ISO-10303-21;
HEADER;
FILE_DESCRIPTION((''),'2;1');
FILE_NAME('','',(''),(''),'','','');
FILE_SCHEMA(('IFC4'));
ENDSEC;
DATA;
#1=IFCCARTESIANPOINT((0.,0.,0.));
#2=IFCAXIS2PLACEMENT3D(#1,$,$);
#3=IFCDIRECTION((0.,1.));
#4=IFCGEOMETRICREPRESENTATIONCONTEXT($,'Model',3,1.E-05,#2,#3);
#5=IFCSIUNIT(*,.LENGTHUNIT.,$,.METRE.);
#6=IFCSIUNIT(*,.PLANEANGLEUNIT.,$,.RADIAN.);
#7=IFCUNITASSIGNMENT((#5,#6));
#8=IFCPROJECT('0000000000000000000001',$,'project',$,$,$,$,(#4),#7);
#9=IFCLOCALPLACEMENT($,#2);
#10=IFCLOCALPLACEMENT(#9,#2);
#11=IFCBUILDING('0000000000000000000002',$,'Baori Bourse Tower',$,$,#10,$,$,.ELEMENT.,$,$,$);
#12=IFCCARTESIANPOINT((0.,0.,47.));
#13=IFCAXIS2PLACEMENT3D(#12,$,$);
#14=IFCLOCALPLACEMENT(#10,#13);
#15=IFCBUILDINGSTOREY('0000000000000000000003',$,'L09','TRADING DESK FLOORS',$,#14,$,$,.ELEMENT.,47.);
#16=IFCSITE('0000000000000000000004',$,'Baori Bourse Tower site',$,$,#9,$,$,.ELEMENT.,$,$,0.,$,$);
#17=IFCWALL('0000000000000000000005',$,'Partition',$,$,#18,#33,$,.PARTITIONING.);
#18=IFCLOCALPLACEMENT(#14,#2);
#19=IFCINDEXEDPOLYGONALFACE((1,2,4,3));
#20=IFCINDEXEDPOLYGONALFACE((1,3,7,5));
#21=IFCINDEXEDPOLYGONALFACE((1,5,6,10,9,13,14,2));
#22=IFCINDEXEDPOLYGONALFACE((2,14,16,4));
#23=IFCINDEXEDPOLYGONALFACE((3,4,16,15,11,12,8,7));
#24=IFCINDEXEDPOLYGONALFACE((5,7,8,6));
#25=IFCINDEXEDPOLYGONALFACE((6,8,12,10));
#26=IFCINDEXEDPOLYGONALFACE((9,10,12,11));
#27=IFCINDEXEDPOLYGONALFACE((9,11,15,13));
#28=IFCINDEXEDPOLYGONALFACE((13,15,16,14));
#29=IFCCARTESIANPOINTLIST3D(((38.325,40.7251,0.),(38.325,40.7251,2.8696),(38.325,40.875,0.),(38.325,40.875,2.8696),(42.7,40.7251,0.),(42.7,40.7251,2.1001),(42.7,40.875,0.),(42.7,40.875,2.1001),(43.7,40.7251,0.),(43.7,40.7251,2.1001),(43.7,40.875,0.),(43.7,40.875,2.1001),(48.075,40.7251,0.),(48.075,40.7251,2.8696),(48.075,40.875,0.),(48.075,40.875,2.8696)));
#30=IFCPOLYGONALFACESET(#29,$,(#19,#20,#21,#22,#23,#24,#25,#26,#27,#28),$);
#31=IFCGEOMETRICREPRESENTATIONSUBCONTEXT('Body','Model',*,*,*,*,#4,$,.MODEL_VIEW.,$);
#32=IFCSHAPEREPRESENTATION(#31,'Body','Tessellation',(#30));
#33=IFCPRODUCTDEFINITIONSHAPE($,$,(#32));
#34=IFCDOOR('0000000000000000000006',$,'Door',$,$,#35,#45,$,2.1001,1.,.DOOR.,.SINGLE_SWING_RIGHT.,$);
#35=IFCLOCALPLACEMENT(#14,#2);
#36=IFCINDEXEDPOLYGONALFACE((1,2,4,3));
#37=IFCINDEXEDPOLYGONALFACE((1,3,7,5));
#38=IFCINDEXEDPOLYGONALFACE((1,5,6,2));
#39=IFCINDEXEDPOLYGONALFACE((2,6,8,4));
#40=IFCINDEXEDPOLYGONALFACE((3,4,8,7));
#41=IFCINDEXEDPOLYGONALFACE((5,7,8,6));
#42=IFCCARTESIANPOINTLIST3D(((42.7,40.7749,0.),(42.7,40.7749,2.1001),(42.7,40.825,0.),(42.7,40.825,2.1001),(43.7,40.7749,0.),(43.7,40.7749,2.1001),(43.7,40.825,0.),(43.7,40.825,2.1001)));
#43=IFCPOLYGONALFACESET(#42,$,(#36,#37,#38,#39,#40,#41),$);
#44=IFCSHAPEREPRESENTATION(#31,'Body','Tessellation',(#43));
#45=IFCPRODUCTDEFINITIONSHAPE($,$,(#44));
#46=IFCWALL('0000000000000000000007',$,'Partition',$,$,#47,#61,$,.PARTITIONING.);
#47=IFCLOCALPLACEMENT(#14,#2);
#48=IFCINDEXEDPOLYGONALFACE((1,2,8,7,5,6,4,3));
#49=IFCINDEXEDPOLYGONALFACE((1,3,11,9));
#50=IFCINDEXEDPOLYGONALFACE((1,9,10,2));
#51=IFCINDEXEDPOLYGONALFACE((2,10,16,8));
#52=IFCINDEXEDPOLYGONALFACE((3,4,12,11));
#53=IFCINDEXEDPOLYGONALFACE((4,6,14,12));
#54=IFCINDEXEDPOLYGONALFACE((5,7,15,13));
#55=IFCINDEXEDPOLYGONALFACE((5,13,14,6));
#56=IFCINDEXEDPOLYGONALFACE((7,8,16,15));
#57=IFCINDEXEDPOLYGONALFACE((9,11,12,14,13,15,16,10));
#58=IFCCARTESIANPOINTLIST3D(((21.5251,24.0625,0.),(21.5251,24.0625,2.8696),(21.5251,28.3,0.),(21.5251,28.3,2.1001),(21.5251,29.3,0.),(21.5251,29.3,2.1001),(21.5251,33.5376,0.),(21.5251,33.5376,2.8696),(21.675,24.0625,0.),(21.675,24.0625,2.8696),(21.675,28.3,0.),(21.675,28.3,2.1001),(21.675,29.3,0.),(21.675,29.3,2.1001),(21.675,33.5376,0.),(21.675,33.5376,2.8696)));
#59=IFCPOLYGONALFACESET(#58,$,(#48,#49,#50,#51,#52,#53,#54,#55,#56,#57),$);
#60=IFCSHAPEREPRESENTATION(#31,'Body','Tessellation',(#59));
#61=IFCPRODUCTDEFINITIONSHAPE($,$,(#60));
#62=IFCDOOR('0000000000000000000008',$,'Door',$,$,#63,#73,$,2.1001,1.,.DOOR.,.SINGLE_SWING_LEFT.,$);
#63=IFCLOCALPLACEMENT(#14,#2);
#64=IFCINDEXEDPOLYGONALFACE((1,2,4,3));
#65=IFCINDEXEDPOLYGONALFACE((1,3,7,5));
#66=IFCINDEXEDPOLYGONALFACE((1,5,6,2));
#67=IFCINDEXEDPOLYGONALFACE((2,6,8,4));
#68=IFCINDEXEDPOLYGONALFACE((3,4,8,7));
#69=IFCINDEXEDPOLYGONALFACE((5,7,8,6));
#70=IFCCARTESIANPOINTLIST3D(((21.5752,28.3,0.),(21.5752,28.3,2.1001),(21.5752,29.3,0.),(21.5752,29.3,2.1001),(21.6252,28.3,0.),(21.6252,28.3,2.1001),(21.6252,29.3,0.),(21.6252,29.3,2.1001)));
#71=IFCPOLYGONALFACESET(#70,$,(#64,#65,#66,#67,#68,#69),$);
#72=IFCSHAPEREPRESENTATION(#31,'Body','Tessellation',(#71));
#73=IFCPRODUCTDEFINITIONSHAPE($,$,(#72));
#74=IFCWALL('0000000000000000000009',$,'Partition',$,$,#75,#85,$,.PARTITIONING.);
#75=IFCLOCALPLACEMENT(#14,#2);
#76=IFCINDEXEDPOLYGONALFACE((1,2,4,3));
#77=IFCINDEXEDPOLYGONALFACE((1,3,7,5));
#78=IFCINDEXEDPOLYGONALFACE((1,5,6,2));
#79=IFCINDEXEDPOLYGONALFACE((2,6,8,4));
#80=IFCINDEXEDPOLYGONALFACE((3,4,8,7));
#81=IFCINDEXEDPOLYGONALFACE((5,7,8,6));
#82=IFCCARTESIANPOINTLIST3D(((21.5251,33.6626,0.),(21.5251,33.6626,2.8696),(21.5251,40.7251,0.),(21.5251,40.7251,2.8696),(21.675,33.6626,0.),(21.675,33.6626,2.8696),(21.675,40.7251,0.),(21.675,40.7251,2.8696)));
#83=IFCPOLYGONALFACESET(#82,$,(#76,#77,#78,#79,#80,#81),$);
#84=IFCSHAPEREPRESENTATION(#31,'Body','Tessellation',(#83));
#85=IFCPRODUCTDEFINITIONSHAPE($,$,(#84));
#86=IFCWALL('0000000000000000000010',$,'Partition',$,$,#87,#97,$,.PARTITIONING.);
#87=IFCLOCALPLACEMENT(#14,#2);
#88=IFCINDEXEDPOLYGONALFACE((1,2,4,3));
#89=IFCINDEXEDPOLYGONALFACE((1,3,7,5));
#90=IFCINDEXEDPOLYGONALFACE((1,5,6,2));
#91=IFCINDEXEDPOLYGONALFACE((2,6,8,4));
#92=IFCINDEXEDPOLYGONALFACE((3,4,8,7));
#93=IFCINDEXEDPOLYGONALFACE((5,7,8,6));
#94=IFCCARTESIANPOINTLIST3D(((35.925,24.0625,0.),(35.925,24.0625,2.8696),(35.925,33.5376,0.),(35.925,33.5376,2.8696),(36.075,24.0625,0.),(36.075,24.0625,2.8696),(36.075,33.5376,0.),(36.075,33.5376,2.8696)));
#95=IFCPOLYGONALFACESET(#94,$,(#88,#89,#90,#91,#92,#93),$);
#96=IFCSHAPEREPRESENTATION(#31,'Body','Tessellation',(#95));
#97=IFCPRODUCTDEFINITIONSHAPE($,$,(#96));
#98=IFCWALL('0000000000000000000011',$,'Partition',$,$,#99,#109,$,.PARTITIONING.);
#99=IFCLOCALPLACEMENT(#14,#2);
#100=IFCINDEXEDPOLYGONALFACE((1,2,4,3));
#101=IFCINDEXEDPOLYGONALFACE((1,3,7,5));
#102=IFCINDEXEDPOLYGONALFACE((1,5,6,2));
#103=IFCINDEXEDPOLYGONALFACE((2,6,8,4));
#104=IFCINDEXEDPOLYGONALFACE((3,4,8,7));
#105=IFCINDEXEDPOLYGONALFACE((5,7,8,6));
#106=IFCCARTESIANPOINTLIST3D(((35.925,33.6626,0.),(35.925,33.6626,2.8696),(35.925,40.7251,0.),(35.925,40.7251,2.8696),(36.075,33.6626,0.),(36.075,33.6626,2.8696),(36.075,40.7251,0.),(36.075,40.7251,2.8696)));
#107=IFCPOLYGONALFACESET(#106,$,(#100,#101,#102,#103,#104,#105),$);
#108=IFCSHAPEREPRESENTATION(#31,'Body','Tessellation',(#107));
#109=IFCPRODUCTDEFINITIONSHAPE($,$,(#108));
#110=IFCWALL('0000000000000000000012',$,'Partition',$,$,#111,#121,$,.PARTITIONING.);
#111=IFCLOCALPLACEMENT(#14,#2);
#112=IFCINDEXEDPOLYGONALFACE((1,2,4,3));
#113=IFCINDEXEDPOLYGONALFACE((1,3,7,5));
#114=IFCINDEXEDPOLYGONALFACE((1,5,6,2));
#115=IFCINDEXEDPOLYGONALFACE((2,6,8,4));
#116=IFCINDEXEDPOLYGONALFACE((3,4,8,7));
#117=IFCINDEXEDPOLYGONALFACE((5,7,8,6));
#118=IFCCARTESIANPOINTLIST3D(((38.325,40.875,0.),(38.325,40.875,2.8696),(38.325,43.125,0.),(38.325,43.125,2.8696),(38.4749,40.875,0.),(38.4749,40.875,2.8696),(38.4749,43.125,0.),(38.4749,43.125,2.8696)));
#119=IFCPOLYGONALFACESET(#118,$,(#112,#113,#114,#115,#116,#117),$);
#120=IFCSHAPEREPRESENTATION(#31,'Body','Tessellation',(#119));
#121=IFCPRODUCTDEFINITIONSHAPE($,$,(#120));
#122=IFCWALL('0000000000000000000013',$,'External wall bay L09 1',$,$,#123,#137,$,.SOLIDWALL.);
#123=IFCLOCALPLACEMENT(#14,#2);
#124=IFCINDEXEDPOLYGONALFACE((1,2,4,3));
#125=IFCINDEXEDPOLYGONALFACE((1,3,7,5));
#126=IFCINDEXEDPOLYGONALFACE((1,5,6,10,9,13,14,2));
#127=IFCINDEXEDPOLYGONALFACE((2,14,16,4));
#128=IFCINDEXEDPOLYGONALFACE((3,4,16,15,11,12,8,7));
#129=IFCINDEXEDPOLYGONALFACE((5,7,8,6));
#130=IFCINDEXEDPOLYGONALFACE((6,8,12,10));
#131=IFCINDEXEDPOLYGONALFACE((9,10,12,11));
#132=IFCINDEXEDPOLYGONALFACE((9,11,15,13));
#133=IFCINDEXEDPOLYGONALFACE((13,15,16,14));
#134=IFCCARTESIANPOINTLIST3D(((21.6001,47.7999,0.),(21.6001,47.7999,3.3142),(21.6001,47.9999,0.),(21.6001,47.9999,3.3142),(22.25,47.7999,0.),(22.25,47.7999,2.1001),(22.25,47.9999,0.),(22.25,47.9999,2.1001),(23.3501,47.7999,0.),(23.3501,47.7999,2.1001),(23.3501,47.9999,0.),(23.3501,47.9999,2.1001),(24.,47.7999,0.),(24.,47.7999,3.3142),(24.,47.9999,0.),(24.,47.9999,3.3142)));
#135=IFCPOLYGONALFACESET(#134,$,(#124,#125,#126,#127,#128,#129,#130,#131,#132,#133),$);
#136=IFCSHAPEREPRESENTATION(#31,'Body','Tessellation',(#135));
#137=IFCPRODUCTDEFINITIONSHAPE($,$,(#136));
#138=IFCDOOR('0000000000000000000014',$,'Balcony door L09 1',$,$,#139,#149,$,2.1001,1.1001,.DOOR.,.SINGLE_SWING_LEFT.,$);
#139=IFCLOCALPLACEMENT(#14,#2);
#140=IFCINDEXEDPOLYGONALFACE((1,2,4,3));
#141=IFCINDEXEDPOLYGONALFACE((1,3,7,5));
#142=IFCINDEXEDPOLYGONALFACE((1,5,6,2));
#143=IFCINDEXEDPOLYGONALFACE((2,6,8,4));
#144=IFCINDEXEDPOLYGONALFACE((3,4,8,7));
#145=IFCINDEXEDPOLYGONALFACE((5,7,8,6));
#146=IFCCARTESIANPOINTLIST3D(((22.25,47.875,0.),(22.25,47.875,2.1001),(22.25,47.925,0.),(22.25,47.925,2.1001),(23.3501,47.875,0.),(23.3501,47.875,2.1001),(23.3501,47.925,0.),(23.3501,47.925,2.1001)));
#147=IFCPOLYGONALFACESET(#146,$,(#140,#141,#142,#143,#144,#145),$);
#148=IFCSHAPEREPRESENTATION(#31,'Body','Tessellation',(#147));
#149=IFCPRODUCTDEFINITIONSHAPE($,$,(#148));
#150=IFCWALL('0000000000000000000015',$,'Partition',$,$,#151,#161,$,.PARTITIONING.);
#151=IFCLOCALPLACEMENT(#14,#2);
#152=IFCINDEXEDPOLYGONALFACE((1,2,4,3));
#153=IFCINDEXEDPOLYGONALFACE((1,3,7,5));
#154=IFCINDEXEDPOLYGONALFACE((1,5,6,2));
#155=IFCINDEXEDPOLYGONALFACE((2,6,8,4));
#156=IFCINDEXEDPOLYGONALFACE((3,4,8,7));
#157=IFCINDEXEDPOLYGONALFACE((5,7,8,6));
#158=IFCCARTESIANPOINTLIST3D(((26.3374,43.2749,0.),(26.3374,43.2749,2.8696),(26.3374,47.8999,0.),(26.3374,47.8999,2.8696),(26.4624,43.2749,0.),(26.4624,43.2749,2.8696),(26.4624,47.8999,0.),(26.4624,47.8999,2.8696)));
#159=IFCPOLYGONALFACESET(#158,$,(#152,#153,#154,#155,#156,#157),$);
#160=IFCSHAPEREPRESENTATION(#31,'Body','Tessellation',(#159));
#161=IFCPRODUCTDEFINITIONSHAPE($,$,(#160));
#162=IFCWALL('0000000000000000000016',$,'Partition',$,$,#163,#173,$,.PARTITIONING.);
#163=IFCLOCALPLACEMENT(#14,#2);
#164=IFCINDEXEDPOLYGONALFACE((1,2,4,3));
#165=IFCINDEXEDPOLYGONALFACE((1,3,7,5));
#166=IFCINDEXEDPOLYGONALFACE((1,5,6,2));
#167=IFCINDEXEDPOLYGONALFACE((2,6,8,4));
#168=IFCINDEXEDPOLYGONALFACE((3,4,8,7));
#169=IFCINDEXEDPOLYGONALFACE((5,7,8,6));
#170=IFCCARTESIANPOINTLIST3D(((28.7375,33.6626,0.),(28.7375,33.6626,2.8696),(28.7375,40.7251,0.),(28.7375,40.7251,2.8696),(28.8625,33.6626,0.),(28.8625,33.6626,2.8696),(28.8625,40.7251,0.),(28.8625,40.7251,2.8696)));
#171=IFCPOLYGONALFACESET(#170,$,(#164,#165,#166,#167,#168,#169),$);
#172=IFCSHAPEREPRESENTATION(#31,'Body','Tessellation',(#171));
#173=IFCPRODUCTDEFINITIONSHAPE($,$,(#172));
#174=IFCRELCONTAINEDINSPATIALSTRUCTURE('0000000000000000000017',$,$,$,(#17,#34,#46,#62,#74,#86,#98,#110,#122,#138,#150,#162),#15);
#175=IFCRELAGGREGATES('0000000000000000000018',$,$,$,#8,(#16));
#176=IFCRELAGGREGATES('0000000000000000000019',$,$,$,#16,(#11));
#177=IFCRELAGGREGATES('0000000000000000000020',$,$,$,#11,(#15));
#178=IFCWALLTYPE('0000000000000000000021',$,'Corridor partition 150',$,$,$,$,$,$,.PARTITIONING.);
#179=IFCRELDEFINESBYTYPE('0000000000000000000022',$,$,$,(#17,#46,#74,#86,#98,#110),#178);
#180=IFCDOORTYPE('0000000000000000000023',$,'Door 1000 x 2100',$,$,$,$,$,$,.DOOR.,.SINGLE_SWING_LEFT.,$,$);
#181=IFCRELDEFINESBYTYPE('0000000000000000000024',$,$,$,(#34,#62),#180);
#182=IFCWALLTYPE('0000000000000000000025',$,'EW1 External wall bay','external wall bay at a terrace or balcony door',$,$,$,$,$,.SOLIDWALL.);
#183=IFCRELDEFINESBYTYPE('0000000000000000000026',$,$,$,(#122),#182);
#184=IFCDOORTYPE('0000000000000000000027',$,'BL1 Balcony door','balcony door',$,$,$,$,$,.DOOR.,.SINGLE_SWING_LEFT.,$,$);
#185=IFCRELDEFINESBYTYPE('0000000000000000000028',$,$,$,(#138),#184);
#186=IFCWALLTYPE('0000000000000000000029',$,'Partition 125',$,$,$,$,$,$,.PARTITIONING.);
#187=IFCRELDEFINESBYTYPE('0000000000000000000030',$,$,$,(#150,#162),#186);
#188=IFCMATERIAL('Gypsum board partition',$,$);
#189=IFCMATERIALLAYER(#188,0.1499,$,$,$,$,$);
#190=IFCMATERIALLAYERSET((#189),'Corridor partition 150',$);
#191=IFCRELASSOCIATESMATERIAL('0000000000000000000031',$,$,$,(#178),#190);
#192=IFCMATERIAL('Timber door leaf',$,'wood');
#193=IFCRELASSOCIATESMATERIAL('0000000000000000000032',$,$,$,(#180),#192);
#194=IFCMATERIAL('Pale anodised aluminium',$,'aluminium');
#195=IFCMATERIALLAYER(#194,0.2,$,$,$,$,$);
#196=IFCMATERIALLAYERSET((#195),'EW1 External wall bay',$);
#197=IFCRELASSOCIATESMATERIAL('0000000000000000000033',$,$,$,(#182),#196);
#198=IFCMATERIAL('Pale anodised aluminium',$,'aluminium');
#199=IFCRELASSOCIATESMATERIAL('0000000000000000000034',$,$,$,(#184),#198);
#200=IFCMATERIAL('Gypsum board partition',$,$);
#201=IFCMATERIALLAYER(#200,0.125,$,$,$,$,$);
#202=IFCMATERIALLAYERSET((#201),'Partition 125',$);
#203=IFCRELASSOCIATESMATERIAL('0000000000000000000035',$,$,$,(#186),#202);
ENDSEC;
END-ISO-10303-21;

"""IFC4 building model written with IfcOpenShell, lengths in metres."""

from ifc_helpers import new_model, si_unit, direction, frame, frame_2d, origin, place, context, subcontext, project, spatial, rectangle, extrude, material, layer, layer_set, type_object, element, fill, save


model = new_model("IFC4")

# Units and contexts
model_context = context("Model", 3, precision=1e-05, world=origin(), true_north=direction((0.0, 1.0)))
body_context = subcontext(model_context, "Body", "Model", "MODEL_VIEW")
ifc_project = project(units=[si_unit("LENGTHUNIT", "METRE"), si_unit("PLANEANGLEUNIT", "RADIAN")], contexts=[model_context])

# Site, building, storey
site_placement = place(None, origin())
site = spatial("IfcSite", under=ifc_project, at=site_placement, Name="Baori Bourse Tower site", CompositionType="ELEMENT", RefElevation=0.0)
building_placement = place(site_placement, origin())
building = spatial("IfcBuilding", under=site, at=building_placement, Name="Baori Bourse Tower", CompositionType="ELEMENT")
storey_placement = place(building_placement, frame((0.0, 0.0, 47.0)))
storey = spatial("IfcBuildingStorey", under=building, at=storey_placement, Name="L09", Description="TRADING DESK FLOORS", CompositionType="ELEMENT", Elevation=47.0)

# Walls, openings, doors
ifc_material_1 = material(Name="Gypsum board partition")
ifc_layer_1 = layer(ifc_material_1, 0.1499)
ifc_layer_set_1 = layer_set([ifc_layer_1], Name="Corridor partition 150")
wall_type_1 = type_object("IfcWallType", Name="Corridor partition 150", PredefinedType="PARTITIONING", material=ifc_layer_set_1)
wall_1_placement = place(storey_placement, frame((38.325, 40.8, 0.0), z_axis=(0.0, 0.0, 1.0), x_axis=(1.0, 0.0, 0.0)))
wall_1 = element("IfcWall", 1, at=wall_1_placement, inside=storey, type_object=wall_type_1, Name="Partition", PredefinedType="PARTITIONING", context=body_context, shape_type="SweptSolid", body=[
    extrude(rectangle(XDim=9.75, YDim=0.1499, at=frame_2d((4.875, 0.0))), origin(), (0.0, 0.0, 1.0), 2.8696),
])
opening_1_placement = place(wall_1_placement, frame((4.375, 0.0, 0.0)))
opening_1 = element("IfcOpeningElement", 2, at=opening_1_placement, cuts=wall_1, PredefinedType="OPENING", context=body_context, shape_type="SweptSolid", body=[
    extrude(rectangle(XDim=1.0, YDim=2.1001, at=frame_2d((0.5, 1.05))), frame((0.0, 0.085, 0.0), z_axis=(0.0, -1.0, 0.0), x_axis=(1.0, 0.0, 0.0)), (0.0, 0.0, 1.0), 0.1699),
])
ifc_material_2 = material(Name="Timber door leaf", Category="wood")
door_type_1 = type_object("IfcDoorType", Name="Door 1000 x 2100", OperationType="SINGLE_SWING_LEFT", PredefinedType="DOOR", material=ifc_material_2)
door_1_placement = place(opening_1_placement, origin())
door_1 = element("IfcDoor", 3, at=door_1_placement, inside=storey, type_object=door_type_1, Name="Door", OperationType="SINGLE_SWING_RIGHT", OverallHeight=2.1001, OverallWidth=1.0, PredefinedType="DOOR", context=body_context, shape_type="SweptSolid", body=[
    extrude(rectangle(XDim=1.0, YDim=2.1001, at=frame_2d((0.5, 1.05))), frame((0.0, 0.0249, 0.0), z_axis=(0.0, -1.0, 0.0), x_axis=(1.0, 0.0, 0.0)), (0.0, 0.0, 1.0), 0.05),
])
fill(opening_1, door_1)
wall_2_placement = place(storey_placement, frame((21.6001, 24.0625, 0.0), z_axis=(0.0, 0.0, 1.0), x_axis=(0.0, 1.0, 0.0)))
wall_2 = element("IfcWall", 4, at=wall_2_placement, inside=storey, type_object=wall_type_1, Name="Partition", PredefinedType="PARTITIONING", context=body_context, shape_type="SweptSolid", body=[
    extrude(rectangle(XDim=9.4751, YDim=0.1499, at=frame_2d((4.7375, 0.0))), origin(), (0.0, 0.0, 1.0), 2.8696),
])
opening_2_placement = place(wall_2_placement, frame((4.2375, 0.0, 0.0)))
opening_2 = element("IfcOpeningElement", 5, at=opening_2_placement, cuts=wall_2, PredefinedType="OPENING", context=body_context, shape_type="SweptSolid", body=[
    extrude(rectangle(XDim=1.0, YDim=2.1001, at=frame_2d((0.5, 1.05))), frame((0.0, 0.085, 0.0), z_axis=(0.0, -1.0, 0.0), x_axis=(1.0, 0.0, 0.0)), (0.0, 0.0, 1.0), 0.1699),
])
door_2_placement = place(opening_2_placement, origin())
door_2 = element("IfcDoor", 6, at=door_2_placement, inside=storey, type_object=door_type_1, Name="Door", OperationType="SINGLE_SWING_LEFT", OverallHeight=2.1001, OverallWidth=1.0, PredefinedType="DOOR", context=body_context, shape_type="SweptSolid", body=[
    extrude(rectangle(XDim=1.0, YDim=2.1001, at=frame_2d((0.5, 1.05))), frame((0.0, 0.0249, 0.0), z_axis=(0.0, -1.0, 0.0), x_axis=(1.0, 0.0, 0.0)), (0.0, 0.0, 1.0), 0.05),
])
fill(opening_2, door_2)

# Walls
wall_3_placement = place(storey_placement, frame((21.6001, 33.6626, 0.0), z_axis=(0.0, 0.0, 1.0), x_axis=(0.0, 1.0, 0.0)))
element("IfcWall", 7, at=wall_3_placement, inside=storey, type_object=wall_type_1, Name="Partition", PredefinedType="PARTITIONING", context=body_context, shape_type="SweptSolid", body=[
    extrude(rectangle(XDim=7.0625, YDim=0.1499, at=frame_2d((3.5312, 0.0))), origin(), (0.0, 0.0, 1.0), 2.8696),
])
wall_4_placement = place(storey_placement, frame((36.0, 24.0625, 0.0), z_axis=(0.0, 0.0, 1.0), x_axis=(0.0, 1.0, 0.0)))
element("IfcWall", 8, at=wall_4_placement, inside=storey, type_object=wall_type_1, Name="Partition", PredefinedType="PARTITIONING", context=body_context, shape_type="SweptSolid", body=[
    extrude(rectangle(XDim=9.4751, YDim=0.1499, at=frame_2d((4.7375, 0.0))), origin(), (0.0, 0.0, 1.0), 2.8696),
])
wall_5_placement = place(storey_placement, frame((36.0, 33.6626, 0.0), z_axis=(0.0, 0.0, 1.0), x_axis=(0.0, 1.0, 0.0)))
element("IfcWall", 9, at=wall_5_placement, inside=storey, type_object=wall_type_1, Name="Partition", PredefinedType="PARTITIONING", context=body_context, shape_type="SweptSolid", body=[
    extrude(rectangle(XDim=7.0625, YDim=0.1499, at=frame_2d((3.5312, 0.0))), origin(), (0.0, 0.0, 1.0), 2.8696),
])
wall_6_placement = place(storey_placement, frame((38.3999, 40.875, 0.0), z_axis=(0.0, 0.0, 1.0), x_axis=(0.0, 1.0, 0.0)))
element("IfcWall", 10, at=wall_6_placement, inside=storey, type_object=wall_type_1, Name="Partition", PredefinedType="PARTITIONING", context=body_context, shape_type="SweptSolid", body=[
    extrude(rectangle(XDim=2.25, YDim=0.1499, at=frame_2d((1.125, 0.0))), origin(), (0.0, 0.0, 1.0), 2.8696),
])

# Wall, opening, door
ifc_material_3 = material(Name="Pale anodised aluminium", Category="aluminium")
ifc_layer_2 = layer(ifc_material_3, 0.2)
ifc_layer_set_2 = layer_set([ifc_layer_2], Name="EW1 External wall bay")
wall_type_2 = type_object("IfcWallType", Name="EW1 External wall bay", Description="external wall bay at a terrace or balcony door", PredefinedType="SOLIDWALL", material=ifc_layer_set_2)
wall_7_placement = place(storey_placement, frame((24.0, 47.8999, 0.0), z_axis=(0.0, 0.0, 1.0), x_axis=(-1.0, 0.0, 0.0)))
wall_7 = element("IfcWall", 11, at=wall_7_placement, inside=storey, type_object=wall_type_2, Name="External wall bay L09 1", PredefinedType="SOLIDWALL", context=body_context, shape_type="SweptSolid", body=[
    extrude(rectangle(XDim=2.3999, YDim=0.2, at=frame_2d((1.2, 0.0))), origin(), (0.0, 0.0, 1.0), 3.3142),
])
opening_3_placement = place(wall_7_placement, frame((0.6499, 0.0, 0.0)))
opening_3 = element("IfcOpeningElement", 12, at=opening_3_placement, cuts=wall_7, PredefinedType="OPENING", context=body_context, shape_type="SweptSolid", body=[
    extrude(rectangle(XDim=1.1001, YDim=2.1001, at=frame_2d((0.55, 1.05))), frame((0.0, 0.1099, 0.0), z_axis=(0.0, -1.0, 0.0), x_axis=(1.0, 0.0, 0.0)), (0.0, 0.0, 1.0), 0.22),
])
ifc_material_4 = material(Name="Pale anodised aluminium", Category="aluminium")
door_type_2 = type_object("IfcDoorType", Name="BL1 Balcony door", Description="balcony door", OperationType="SINGLE_SWING_LEFT", PredefinedType="DOOR", material=ifc_material_4)
door_3_placement = place(opening_3_placement, origin())
door_3 = element("IfcDoor", 13, at=door_3_placement, inside=storey, type_object=door_type_2, Name="Balcony door L09 1", OperationType="SINGLE_SWING_LEFT", OverallHeight=2.1001, OverallWidth=1.1001, PredefinedType="DOOR", context=body_context, shape_type="SweptSolid", body=[
    extrude(rectangle(XDim=1.1001, YDim=2.1001, at=frame_2d((0.55, 1.05))), frame((0.0, 0.0249, 0.0), z_axis=(0.0, -1.0, 0.0), x_axis=(1.0, 0.0, 0.0)), (0.0, 0.0, 1.0), 0.05),
])
fill(opening_3, door_3)

# Walls
ifc_material_5 = material(Name="Gypsum board partition")
ifc_layer_3 = layer(ifc_material_5, 0.125)
ifc_layer_set_3 = layer_set([ifc_layer_3], Name="Partition 125")
wall_type_3 = type_object("IfcWallType", Name="Partition 125", PredefinedType="PARTITIONING", material=ifc_layer_set_3)
wall_8_placement = place(storey_placement, frame((26.3999, 43.2749, 0.0), z_axis=(0.0, 0.0, 1.0), x_axis=(0.0, 1.0, 0.0)))
element("IfcWall", 14, at=wall_8_placement, inside=storey, type_object=wall_type_3, Name="Partition", PredefinedType="PARTITIONING", context=body_context, shape_type="SweptSolid", body=[
    extrude(rectangle(XDim=4.625, YDim=0.125, at=frame_2d((2.3125, 0.0))), origin(), (0.0, 0.0, 1.0), 2.8696),
])
wall_9_placement = place(storey_placement, frame((28.8, 33.6626, 0.0), z_axis=(0.0, 0.0, 1.0), x_axis=(0.0, 1.0, 0.0)))
element("IfcWall", 15, at=wall_9_placement, inside=storey, type_object=wall_type_3, Name="Partition", PredefinedType="PARTITIONING", context=body_context, shape_type="SweptSolid", body=[
    extrude(rectangle(XDim=7.0625, YDim=0.125, at=frame_2d((3.5312, 0.0))), origin(), (0.0, 0.0, 1.0), 2.8696),
])

save(model, "model.ifc")
